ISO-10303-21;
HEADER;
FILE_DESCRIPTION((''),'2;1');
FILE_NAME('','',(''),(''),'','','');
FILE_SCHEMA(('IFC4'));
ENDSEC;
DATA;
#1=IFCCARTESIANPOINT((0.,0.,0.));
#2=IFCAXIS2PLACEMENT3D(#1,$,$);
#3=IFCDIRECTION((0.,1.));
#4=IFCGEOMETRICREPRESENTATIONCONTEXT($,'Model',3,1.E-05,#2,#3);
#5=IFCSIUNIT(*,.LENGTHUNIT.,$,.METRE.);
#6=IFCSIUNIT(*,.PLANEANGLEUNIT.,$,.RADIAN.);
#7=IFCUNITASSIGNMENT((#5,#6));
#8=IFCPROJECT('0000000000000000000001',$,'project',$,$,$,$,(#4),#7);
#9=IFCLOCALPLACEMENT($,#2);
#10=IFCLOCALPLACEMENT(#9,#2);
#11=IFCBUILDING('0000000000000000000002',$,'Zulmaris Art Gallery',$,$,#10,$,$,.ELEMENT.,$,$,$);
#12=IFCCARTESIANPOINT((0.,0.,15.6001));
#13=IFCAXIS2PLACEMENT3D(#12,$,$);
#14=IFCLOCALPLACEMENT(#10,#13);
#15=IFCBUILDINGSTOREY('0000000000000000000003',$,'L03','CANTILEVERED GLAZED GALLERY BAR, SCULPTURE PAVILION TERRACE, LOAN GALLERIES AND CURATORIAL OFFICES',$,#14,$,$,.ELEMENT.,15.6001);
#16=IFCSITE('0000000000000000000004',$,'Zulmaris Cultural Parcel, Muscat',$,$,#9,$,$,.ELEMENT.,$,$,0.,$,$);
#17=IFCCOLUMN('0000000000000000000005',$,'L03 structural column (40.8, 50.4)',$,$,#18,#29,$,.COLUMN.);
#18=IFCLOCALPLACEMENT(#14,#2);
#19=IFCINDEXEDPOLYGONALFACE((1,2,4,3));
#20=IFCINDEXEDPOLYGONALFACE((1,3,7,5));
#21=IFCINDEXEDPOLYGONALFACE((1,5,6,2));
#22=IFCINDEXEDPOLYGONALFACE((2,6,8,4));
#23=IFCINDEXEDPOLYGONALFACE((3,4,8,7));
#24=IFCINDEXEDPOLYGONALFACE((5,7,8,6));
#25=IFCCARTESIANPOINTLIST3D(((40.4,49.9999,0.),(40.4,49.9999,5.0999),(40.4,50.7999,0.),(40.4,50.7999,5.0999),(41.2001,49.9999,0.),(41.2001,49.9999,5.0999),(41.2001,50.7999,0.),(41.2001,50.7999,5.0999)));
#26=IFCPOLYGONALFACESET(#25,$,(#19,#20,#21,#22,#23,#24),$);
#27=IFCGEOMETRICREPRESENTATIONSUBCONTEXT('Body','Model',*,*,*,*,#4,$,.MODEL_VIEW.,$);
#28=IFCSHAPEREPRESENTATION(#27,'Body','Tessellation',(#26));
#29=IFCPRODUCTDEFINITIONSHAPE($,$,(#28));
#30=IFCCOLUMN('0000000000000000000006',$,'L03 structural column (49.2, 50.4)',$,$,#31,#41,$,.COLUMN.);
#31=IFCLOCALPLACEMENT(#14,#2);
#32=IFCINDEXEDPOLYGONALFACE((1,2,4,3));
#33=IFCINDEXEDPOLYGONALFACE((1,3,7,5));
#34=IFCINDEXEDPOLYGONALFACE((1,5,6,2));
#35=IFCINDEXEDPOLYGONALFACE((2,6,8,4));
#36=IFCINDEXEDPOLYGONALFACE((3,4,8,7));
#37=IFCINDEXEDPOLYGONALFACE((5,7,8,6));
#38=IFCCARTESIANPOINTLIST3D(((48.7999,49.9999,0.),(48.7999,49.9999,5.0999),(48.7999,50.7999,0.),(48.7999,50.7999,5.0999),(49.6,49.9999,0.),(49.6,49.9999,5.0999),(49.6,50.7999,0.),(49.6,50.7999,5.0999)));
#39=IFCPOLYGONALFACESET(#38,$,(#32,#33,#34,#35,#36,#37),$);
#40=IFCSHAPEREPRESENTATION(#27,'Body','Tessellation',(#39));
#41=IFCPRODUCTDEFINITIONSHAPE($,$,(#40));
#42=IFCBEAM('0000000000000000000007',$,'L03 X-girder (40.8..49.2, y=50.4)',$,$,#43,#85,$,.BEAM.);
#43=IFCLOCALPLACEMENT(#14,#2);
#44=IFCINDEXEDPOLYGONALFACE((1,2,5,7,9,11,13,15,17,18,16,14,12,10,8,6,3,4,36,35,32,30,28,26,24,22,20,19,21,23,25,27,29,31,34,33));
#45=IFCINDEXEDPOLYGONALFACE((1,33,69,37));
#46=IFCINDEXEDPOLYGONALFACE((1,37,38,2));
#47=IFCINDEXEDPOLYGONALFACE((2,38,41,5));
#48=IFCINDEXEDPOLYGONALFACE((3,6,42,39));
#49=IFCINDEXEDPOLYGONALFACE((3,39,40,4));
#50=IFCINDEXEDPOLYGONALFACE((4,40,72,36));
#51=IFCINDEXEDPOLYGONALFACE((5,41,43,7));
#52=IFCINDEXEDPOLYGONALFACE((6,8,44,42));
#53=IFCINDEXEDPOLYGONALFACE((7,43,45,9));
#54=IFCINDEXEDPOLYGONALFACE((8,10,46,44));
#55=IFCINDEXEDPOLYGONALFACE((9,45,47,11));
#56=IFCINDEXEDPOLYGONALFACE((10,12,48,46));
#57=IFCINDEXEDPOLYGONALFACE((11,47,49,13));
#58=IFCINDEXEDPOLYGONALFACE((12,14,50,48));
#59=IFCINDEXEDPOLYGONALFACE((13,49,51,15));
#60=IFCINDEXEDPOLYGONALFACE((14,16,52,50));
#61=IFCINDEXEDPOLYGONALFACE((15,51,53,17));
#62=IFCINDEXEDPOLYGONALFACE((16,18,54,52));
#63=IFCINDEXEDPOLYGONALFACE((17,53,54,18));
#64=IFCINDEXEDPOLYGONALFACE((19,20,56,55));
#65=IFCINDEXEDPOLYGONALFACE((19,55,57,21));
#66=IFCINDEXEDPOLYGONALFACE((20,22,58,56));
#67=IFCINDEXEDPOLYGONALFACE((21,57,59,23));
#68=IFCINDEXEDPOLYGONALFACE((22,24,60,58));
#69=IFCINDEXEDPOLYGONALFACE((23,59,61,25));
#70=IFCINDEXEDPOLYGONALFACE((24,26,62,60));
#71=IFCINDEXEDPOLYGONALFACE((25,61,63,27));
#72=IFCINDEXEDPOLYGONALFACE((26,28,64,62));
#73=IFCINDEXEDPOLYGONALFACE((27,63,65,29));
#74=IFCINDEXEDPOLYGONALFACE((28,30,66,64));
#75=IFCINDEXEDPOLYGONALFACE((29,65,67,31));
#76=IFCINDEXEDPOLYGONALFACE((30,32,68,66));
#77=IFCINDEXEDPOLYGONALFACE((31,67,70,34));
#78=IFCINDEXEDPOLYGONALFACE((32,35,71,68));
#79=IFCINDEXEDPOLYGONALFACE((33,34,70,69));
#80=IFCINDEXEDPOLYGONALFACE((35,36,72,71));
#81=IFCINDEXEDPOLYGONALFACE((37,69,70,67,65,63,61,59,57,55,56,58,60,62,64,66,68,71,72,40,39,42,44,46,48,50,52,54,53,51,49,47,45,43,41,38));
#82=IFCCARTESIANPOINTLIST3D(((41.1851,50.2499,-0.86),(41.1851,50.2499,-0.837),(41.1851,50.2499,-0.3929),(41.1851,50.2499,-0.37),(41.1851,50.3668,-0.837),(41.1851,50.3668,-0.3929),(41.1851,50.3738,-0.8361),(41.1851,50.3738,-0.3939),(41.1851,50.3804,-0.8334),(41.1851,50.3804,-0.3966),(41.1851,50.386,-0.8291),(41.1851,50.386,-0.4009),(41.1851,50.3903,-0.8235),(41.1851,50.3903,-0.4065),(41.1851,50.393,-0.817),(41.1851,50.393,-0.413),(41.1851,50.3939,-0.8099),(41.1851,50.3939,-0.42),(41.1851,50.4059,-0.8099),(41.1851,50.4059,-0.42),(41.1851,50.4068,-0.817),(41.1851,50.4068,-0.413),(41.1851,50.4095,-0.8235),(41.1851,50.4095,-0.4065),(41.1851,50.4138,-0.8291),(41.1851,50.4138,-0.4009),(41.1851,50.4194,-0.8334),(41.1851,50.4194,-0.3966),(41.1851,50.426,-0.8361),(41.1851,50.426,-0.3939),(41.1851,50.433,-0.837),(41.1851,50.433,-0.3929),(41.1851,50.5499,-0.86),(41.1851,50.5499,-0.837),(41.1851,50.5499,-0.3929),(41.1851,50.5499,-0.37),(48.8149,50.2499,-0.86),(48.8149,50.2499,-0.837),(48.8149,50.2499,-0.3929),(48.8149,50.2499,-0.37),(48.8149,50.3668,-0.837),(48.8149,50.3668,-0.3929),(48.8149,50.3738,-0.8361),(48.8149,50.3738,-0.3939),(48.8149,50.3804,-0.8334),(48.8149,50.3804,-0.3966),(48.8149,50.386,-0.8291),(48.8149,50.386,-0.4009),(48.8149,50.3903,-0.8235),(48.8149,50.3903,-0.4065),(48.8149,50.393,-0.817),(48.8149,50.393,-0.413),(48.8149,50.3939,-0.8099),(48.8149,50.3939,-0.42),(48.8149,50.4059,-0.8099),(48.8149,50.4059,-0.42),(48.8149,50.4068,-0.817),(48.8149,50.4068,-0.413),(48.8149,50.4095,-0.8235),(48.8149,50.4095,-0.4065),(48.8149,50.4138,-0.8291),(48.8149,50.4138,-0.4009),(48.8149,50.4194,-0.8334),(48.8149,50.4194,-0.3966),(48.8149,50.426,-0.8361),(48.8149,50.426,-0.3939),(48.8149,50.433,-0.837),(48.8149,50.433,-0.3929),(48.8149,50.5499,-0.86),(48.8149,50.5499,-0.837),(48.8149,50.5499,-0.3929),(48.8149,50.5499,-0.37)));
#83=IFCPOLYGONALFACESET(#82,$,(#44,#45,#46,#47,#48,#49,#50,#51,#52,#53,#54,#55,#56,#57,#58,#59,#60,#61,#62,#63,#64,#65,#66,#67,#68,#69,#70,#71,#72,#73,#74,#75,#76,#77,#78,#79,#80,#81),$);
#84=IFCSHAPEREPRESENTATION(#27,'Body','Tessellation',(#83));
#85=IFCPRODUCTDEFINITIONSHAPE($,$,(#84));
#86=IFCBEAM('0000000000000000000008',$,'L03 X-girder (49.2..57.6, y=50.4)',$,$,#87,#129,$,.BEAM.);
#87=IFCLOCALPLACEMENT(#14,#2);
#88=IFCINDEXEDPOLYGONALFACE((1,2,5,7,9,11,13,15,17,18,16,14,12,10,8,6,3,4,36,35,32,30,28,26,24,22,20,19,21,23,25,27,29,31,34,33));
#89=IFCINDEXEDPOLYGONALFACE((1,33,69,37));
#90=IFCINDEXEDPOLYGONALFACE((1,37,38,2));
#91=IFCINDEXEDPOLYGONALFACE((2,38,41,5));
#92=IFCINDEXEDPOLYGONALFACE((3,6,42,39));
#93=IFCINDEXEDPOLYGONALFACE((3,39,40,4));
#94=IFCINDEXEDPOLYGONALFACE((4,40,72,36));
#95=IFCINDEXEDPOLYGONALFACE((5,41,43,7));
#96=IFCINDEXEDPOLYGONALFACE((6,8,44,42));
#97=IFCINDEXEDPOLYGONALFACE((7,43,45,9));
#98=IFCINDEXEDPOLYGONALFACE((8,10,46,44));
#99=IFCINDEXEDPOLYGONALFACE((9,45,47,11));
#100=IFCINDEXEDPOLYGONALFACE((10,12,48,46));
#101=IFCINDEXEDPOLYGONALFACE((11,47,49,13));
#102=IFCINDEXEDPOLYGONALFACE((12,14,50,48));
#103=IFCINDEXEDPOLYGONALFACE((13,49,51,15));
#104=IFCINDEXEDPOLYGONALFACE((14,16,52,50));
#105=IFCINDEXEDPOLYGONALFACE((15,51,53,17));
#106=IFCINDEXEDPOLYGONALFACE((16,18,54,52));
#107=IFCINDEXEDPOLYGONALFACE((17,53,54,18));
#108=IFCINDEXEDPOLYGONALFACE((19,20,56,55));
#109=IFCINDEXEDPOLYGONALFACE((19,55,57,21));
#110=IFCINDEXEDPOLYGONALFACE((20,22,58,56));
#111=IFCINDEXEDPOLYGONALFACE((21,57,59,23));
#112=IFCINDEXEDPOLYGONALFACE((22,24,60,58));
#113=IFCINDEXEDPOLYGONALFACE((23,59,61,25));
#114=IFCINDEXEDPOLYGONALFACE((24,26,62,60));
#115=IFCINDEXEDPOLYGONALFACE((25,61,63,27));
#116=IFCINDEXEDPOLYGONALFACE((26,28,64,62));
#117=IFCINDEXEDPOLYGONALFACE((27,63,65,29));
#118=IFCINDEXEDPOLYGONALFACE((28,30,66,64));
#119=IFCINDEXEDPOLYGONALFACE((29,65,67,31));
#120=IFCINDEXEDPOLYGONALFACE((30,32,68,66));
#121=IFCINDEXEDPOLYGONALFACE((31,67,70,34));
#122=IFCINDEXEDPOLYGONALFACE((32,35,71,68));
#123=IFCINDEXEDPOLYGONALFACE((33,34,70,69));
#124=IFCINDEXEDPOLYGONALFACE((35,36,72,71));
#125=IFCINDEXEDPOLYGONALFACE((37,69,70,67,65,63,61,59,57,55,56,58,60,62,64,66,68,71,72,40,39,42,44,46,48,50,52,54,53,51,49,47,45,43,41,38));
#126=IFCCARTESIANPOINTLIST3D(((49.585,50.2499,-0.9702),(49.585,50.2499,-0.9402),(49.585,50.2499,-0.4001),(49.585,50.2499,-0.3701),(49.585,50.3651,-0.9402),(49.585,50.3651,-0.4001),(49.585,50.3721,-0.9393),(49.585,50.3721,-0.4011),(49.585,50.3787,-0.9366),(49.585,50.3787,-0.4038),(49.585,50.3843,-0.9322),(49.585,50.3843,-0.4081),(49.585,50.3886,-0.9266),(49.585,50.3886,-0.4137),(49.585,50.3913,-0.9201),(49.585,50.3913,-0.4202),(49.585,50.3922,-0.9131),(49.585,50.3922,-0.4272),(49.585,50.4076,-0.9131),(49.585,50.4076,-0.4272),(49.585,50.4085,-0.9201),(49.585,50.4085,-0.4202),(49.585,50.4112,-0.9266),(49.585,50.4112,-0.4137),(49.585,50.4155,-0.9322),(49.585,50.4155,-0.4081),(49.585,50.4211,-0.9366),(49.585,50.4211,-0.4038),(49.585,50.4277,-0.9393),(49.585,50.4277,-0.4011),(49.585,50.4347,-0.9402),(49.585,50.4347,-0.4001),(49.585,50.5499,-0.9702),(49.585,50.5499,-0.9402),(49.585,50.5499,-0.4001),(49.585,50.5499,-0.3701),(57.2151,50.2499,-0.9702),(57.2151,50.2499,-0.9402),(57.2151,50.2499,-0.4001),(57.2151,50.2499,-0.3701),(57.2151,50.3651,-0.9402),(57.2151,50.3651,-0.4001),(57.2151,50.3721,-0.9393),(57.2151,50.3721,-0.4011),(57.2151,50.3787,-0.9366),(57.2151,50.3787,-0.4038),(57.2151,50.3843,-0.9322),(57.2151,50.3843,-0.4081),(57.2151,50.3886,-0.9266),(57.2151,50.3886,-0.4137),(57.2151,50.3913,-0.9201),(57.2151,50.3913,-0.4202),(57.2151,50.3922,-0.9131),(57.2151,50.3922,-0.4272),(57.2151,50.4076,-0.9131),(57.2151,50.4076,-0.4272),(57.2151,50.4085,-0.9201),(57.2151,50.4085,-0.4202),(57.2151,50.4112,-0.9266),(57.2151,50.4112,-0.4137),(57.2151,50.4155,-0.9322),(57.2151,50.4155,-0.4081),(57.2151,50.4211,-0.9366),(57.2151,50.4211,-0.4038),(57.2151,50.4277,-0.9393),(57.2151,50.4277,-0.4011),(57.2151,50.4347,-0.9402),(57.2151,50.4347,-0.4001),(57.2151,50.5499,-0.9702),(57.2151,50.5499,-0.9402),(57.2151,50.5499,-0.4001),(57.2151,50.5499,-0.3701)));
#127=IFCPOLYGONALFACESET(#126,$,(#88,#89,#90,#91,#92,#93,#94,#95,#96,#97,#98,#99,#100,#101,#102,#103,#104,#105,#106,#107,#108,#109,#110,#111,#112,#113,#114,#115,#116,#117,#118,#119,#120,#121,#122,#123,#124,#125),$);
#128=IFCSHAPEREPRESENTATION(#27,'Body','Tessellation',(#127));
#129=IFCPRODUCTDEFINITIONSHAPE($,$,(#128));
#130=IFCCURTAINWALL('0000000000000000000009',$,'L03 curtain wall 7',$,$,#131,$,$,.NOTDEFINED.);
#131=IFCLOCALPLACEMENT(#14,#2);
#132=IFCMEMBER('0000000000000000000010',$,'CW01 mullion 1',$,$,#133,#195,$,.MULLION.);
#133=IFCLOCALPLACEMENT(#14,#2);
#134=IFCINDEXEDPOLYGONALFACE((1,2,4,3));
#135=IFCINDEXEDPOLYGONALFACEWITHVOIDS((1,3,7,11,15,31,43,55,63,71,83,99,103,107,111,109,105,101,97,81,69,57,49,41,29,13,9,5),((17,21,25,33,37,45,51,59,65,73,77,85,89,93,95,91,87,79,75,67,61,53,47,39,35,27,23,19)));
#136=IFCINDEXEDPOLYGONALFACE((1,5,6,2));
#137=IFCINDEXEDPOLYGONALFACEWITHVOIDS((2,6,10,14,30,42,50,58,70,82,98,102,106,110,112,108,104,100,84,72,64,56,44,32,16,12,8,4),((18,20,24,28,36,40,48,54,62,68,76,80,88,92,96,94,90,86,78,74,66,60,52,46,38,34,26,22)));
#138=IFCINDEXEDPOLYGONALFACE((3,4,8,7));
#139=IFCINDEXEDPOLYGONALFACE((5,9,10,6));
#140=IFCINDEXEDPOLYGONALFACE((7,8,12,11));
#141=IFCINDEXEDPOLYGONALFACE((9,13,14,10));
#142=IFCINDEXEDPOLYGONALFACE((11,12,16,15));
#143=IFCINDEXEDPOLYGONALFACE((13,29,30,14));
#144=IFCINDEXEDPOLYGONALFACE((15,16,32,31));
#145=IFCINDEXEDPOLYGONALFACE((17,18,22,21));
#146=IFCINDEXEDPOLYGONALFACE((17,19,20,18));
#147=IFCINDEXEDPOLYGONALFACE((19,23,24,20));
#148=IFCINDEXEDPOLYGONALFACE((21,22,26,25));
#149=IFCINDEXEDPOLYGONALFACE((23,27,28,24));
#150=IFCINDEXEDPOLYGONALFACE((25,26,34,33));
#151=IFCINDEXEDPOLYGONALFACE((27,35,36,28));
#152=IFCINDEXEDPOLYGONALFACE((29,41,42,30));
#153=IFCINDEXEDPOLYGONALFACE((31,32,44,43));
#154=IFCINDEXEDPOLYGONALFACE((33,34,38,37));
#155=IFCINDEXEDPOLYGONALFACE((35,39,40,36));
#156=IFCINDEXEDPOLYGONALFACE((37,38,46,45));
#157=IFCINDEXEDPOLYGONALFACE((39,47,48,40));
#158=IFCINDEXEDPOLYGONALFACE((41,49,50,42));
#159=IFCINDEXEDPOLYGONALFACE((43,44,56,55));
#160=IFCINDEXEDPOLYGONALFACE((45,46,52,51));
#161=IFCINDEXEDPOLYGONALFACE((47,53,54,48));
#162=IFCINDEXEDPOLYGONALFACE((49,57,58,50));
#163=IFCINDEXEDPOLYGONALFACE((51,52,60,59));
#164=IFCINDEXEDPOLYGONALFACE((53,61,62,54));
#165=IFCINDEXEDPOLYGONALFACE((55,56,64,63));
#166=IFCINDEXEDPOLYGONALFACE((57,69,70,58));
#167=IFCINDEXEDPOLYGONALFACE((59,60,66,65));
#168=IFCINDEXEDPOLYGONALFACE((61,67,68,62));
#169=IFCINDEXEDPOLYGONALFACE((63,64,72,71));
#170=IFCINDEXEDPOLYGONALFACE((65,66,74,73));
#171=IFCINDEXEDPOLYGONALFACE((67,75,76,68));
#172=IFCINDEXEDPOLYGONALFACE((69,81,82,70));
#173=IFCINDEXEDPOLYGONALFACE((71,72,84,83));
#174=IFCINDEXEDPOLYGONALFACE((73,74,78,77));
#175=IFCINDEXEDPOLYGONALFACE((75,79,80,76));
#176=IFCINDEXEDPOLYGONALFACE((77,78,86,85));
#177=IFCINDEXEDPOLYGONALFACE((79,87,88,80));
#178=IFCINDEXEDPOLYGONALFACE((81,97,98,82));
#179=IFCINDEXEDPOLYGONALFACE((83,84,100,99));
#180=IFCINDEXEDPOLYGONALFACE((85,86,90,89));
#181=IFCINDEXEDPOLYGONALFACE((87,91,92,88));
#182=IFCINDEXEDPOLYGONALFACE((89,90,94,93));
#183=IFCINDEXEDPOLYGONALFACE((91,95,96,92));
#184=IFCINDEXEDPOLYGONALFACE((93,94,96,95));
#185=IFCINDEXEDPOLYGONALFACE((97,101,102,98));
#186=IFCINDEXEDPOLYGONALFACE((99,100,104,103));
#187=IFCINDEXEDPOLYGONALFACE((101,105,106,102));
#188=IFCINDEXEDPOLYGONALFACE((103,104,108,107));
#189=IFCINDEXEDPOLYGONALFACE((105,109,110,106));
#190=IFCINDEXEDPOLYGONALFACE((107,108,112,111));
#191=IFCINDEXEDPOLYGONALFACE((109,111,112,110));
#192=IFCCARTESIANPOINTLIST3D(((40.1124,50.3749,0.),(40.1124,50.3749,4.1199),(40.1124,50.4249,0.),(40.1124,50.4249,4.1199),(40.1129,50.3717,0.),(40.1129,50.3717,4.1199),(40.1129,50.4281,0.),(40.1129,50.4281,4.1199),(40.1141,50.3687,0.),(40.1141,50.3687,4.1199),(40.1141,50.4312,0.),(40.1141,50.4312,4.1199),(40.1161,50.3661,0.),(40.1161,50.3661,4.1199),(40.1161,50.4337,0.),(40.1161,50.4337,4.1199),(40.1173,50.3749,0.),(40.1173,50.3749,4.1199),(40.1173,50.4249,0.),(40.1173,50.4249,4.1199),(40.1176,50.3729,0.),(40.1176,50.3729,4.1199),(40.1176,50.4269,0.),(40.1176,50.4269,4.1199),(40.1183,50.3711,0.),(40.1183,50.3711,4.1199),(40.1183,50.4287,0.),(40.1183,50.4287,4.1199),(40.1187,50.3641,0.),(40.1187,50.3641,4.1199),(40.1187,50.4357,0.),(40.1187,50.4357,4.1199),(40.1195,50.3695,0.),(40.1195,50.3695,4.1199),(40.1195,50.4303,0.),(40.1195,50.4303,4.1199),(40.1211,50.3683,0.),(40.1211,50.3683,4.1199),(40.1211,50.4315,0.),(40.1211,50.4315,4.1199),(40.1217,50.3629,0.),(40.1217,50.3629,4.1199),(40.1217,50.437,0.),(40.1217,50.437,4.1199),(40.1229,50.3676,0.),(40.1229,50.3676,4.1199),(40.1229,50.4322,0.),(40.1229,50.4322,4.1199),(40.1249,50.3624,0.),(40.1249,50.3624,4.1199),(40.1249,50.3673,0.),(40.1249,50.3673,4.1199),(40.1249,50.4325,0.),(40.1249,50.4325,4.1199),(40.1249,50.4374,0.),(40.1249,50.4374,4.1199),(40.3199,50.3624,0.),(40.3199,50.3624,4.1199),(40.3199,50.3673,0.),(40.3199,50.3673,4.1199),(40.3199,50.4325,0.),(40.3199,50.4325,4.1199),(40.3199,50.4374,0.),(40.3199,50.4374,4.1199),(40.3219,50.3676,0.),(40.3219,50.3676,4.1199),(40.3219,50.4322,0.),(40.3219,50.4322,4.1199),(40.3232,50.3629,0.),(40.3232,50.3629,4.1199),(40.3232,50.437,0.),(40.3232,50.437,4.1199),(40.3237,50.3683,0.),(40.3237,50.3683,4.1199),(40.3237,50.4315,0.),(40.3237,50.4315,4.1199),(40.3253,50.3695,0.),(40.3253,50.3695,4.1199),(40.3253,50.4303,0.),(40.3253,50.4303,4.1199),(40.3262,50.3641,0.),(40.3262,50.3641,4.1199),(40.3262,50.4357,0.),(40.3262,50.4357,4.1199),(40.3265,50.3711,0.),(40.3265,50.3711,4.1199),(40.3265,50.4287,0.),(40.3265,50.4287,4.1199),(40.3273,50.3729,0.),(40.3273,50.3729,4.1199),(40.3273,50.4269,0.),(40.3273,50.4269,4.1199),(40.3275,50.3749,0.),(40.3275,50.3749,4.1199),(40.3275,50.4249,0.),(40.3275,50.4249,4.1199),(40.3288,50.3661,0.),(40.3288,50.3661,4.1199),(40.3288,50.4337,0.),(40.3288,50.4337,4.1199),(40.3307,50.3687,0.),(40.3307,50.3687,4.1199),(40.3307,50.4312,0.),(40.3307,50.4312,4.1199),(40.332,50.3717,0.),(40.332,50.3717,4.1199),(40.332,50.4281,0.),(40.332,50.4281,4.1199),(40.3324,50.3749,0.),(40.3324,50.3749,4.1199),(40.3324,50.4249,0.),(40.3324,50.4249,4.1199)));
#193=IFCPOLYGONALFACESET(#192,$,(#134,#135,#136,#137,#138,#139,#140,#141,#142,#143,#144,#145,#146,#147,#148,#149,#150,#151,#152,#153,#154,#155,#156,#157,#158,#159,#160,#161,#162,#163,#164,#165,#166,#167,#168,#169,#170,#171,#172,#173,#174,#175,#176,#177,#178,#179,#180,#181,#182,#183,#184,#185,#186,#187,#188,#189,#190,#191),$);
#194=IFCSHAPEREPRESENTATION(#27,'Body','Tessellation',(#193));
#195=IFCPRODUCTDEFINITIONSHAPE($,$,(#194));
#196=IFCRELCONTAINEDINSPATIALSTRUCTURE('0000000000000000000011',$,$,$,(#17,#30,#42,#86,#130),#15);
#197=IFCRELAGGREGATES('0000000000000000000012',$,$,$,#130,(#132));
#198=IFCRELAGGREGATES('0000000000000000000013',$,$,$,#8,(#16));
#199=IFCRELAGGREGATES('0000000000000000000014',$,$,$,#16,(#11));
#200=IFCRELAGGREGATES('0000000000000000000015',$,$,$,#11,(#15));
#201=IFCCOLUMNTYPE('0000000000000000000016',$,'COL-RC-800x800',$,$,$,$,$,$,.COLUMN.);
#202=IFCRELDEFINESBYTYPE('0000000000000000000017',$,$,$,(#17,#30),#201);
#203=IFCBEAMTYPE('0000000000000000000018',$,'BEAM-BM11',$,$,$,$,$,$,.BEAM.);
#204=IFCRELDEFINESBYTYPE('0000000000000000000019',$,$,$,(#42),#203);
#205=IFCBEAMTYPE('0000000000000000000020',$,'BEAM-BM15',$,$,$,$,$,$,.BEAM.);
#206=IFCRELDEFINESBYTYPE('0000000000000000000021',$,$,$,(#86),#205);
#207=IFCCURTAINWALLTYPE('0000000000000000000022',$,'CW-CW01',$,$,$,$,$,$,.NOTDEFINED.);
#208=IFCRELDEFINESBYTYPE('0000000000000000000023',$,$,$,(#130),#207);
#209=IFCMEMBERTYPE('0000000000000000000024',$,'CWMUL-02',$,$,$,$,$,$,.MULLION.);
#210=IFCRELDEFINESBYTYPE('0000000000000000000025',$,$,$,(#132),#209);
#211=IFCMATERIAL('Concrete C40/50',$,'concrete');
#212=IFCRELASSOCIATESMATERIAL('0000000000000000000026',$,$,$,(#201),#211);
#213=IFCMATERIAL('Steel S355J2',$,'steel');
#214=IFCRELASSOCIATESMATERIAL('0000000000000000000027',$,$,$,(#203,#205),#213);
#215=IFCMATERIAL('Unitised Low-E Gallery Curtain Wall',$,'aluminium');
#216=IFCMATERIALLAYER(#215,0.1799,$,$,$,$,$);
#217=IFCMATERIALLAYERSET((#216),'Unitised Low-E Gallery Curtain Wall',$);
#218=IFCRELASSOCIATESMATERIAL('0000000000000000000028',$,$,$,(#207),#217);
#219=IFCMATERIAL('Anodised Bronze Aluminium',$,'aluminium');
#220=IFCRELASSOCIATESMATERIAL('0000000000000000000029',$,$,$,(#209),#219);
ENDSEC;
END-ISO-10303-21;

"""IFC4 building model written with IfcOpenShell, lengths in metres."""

from ifc_helpers import new_model, si_unit, direction, frame, origin, origin_2d, place, context, subcontext, project, spatial, rectangle, hollow_rectangle, i_section, extrude, material, layer, layer_set, material_profile, profile_set, type_object, element, aggregate, save


model = new_model("IFC4")

# Units and contexts
model_context = context("Model", 3, precision=1e-05, world=origin(), true_north=direction((0.0, 1.0)))
body_context = subcontext(model_context, "Body", "Model", "MODEL_VIEW")
ifc_project = project(units=[si_unit("LENGTHUNIT", "METRE"), si_unit("PLANEANGLEUNIT", "RADIAN")], contexts=[model_context])

# Site, building, storey
site_placement = place(None, origin())
site = spatial("IfcSite", under=ifc_project, at=site_placement, Name="Zulmaris Cultural Parcel, Muscat", CompositionType="ELEMENT", RefElevation=0.0)
building_placement = place(site_placement, origin())
building = spatial("IfcBuilding", under=site, at=building_placement, Name="Zulmaris Art Gallery", CompositionType="ELEMENT")
storey_placement = place(building_placement, frame((0.0, 0.0, 15.6001)))
storey = spatial("IfcBuildingStorey", under=building, at=storey_placement, Name="L03", Description="CANTILEVERED GLAZED GALLERY BAR, SCULPTURE PAVILION TERRACE, LOAN GALLERIES AND CURATORIAL OFFICES", CompositionType="ELEMENT", Elevation=15.6001)

# Columns
ifc_material_1 = material(Name="Concrete C40/50", Category="concrete")
ifc_material_profile_1 = material_profile(ifc_material_1, rectangle(XDim=0.8, YDim=0.8, at=origin_2d()), Name="RC 800x800")
ifc_profile_set_1 = profile_set([ifc_material_profile_1], Name="Concrete C40/50")
column_type = type_object("IfcColumnType", Name="COL-RC-800x800", PredefinedType="COLUMN", material=ifc_profile_set_1)
for number, where, z_axis, x_axis, name in (
    (1, (40.8, 50.3999, 0.0), (0.0, 0.0, 1.0), (1.0, 0.0, 0.0), "L03 structural column (40.8, 50.4)"),
    (2, (49.2, 50.3999, 0.0), (0.0, 0.0, 1.0), (1.0, 0.0, 0.0), "L03 structural column (49.2, 50.4)"),
):
    element("IfcColumn", number, at=place(storey_placement, frame(where, z_axis=z_axis, x_axis=x_axis)), inside=storey, type_object=column_type, Name=name, PredefinedType="COLUMN", context=body_context, shape_type="SweptSolid", body=[
        extrude(rectangle(XDim=0.8, YDim=0.8, at=origin_2d()), origin(), (0.0, 0.0, 1.0), 5.0999),
    ])

# Beams
ifc_material_2 = material(Name="Steel S355J2", Category="steel")
ifc_material_profile_2 = material_profile(ifc_material_2, i_section(OverallWidth=0.3, OverallDepth=0.49, WebThickness=0.012, FlangeThickness=0.0229, FilletRadius=0.0271, at=origin_2d()), Name="HEA 500")
ifc_profile_set_2 = profile_set([ifc_material_profile_2], Name="Steel S355J2")
beam_type_1 = type_object("IfcBeamType", Name="BEAM-BM11", PredefinedType="BEAM", material=ifc_profile_set_2)
beam_1_placement = place(storey_placement, frame((41.1851, 50.3999, -0.615), z_axis=(1.0, 0.0, 0.0), x_axis=(0.0, 1.0, 0.0)))
element("IfcBeam", 3, at=beam_1_placement, inside=storey, type_object=beam_type_1, Name="L03 X-girder (40.8..49.2, y=50.4)", PredefinedType="BEAM", context=body_context, shape_type="SweptSolid", body=[
    extrude(i_section(OverallWidth=0.3, OverallDepth=0.49, WebThickness=0.012, FlangeThickness=0.0229, FilletRadius=0.0271, at=origin_2d()), origin(), (0.0, 0.0, 1.0), 7.6299),
])
ifc_material_profile_3 = material_profile(ifc_material_2, i_section(OverallWidth=0.3, OverallDepth=0.6001, WebThickness=0.0154, FlangeThickness=0.03, FilletRadius=0.0271, at=origin_2d()), Name="HEB 600")
ifc_profile_set_3 = profile_set([ifc_material_profile_3], Name="Steel S355J2")
beam_type_2 = type_object("IfcBeamType", Name="BEAM-BM15", PredefinedType="BEAM", material=ifc_profile_set_3)
beam_2_placement = place(storey_placement, frame((49.585, 50.3999, -0.6702), z_axis=(1.0, 0.0, 0.0), x_axis=(0.0, 1.0, 0.0)))
element("IfcBeam", 4, at=beam_2_placement, inside=storey, type_object=beam_type_2, Name="L03 X-girder (49.2..57.6, y=50.4)", PredefinedType="BEAM", context=body_context, shape_type="SweptSolid", body=[
    extrude(i_section(OverallWidth=0.3, OverallDepth=0.6001, WebThickness=0.0154, FlangeThickness=0.03, FilletRadius=0.0271, at=origin_2d()), origin(), (0.0, 0.0, 1.0), 7.6301),
])

# Curtain wall, member
ifc_material_3 = material(Name="Unitised Low-E Gallery Curtain Wall", Category="aluminium")
ifc_layer_1 = layer(ifc_material_3, 0.1799)
ifc_layer_set_1 = layer_set([ifc_layer_1], Name="Unitised Low-E Gallery Curtain Wall")
curtain_wall_type = type_object("IfcCurtainWallType", Name="CW-CW01", PredefinedType="NOTDEFINED", material=ifc_layer_set_1)
curtain_wall_1_placement = place(storey_placement, origin())
curtain_wall_1 = element("IfcCurtainWall", 5, at=curtain_wall_1_placement, inside=storey, type_object=curtain_wall_type, Name="L03 curtain wall 7", PredefinedType="NOTDEFINED")
ifc_material_4 = material(Name="Anodised Bronze Aluminium", Category="aluminium")
ifc_material_profile_4 = material_profile(ifc_material_4, hollow_rectangle(XDim=0.075, YDim=0.22, WallThickness=0.0049, InnerFilletRadius=0.0076, OuterFilletRadius=0.0125, at=origin_2d()), Name="ALU 75x220x5")
ifc_profile_set_4 = profile_set([ifc_material_profile_4], Name="Anodised Bronze Aluminium")
member_type_1 = type_object("IfcMemberType", Name="CWMUL-02", PredefinedType="MULLION", material=ifc_profile_set_4)
member_1_placement = place(storey_placement, frame((40.2224, 50.3999, 0.0), z_axis=(0.0, 0.0, 1.0), x_axis=(0.0, -1.0, 0.0)))
member_1 = element("IfcMember", 6, at=member_1_placement, type_object=member_type_1, Name="CW01 mullion 1", PredefinedType="MULLION", context=body_context, shape_type="SweptSolid", body=[
    extrude(hollow_rectangle(XDim=0.075, YDim=0.22, WallThickness=0.0049, InnerFilletRadius=0.0076, OuterFilletRadius=0.0125, at=origin_2d()), origin(), (0.0, 0.0, 1.0), 4.1199),
])
aggregate(curtain_wall_1, [member_1])

save(model, "model.ifc")
